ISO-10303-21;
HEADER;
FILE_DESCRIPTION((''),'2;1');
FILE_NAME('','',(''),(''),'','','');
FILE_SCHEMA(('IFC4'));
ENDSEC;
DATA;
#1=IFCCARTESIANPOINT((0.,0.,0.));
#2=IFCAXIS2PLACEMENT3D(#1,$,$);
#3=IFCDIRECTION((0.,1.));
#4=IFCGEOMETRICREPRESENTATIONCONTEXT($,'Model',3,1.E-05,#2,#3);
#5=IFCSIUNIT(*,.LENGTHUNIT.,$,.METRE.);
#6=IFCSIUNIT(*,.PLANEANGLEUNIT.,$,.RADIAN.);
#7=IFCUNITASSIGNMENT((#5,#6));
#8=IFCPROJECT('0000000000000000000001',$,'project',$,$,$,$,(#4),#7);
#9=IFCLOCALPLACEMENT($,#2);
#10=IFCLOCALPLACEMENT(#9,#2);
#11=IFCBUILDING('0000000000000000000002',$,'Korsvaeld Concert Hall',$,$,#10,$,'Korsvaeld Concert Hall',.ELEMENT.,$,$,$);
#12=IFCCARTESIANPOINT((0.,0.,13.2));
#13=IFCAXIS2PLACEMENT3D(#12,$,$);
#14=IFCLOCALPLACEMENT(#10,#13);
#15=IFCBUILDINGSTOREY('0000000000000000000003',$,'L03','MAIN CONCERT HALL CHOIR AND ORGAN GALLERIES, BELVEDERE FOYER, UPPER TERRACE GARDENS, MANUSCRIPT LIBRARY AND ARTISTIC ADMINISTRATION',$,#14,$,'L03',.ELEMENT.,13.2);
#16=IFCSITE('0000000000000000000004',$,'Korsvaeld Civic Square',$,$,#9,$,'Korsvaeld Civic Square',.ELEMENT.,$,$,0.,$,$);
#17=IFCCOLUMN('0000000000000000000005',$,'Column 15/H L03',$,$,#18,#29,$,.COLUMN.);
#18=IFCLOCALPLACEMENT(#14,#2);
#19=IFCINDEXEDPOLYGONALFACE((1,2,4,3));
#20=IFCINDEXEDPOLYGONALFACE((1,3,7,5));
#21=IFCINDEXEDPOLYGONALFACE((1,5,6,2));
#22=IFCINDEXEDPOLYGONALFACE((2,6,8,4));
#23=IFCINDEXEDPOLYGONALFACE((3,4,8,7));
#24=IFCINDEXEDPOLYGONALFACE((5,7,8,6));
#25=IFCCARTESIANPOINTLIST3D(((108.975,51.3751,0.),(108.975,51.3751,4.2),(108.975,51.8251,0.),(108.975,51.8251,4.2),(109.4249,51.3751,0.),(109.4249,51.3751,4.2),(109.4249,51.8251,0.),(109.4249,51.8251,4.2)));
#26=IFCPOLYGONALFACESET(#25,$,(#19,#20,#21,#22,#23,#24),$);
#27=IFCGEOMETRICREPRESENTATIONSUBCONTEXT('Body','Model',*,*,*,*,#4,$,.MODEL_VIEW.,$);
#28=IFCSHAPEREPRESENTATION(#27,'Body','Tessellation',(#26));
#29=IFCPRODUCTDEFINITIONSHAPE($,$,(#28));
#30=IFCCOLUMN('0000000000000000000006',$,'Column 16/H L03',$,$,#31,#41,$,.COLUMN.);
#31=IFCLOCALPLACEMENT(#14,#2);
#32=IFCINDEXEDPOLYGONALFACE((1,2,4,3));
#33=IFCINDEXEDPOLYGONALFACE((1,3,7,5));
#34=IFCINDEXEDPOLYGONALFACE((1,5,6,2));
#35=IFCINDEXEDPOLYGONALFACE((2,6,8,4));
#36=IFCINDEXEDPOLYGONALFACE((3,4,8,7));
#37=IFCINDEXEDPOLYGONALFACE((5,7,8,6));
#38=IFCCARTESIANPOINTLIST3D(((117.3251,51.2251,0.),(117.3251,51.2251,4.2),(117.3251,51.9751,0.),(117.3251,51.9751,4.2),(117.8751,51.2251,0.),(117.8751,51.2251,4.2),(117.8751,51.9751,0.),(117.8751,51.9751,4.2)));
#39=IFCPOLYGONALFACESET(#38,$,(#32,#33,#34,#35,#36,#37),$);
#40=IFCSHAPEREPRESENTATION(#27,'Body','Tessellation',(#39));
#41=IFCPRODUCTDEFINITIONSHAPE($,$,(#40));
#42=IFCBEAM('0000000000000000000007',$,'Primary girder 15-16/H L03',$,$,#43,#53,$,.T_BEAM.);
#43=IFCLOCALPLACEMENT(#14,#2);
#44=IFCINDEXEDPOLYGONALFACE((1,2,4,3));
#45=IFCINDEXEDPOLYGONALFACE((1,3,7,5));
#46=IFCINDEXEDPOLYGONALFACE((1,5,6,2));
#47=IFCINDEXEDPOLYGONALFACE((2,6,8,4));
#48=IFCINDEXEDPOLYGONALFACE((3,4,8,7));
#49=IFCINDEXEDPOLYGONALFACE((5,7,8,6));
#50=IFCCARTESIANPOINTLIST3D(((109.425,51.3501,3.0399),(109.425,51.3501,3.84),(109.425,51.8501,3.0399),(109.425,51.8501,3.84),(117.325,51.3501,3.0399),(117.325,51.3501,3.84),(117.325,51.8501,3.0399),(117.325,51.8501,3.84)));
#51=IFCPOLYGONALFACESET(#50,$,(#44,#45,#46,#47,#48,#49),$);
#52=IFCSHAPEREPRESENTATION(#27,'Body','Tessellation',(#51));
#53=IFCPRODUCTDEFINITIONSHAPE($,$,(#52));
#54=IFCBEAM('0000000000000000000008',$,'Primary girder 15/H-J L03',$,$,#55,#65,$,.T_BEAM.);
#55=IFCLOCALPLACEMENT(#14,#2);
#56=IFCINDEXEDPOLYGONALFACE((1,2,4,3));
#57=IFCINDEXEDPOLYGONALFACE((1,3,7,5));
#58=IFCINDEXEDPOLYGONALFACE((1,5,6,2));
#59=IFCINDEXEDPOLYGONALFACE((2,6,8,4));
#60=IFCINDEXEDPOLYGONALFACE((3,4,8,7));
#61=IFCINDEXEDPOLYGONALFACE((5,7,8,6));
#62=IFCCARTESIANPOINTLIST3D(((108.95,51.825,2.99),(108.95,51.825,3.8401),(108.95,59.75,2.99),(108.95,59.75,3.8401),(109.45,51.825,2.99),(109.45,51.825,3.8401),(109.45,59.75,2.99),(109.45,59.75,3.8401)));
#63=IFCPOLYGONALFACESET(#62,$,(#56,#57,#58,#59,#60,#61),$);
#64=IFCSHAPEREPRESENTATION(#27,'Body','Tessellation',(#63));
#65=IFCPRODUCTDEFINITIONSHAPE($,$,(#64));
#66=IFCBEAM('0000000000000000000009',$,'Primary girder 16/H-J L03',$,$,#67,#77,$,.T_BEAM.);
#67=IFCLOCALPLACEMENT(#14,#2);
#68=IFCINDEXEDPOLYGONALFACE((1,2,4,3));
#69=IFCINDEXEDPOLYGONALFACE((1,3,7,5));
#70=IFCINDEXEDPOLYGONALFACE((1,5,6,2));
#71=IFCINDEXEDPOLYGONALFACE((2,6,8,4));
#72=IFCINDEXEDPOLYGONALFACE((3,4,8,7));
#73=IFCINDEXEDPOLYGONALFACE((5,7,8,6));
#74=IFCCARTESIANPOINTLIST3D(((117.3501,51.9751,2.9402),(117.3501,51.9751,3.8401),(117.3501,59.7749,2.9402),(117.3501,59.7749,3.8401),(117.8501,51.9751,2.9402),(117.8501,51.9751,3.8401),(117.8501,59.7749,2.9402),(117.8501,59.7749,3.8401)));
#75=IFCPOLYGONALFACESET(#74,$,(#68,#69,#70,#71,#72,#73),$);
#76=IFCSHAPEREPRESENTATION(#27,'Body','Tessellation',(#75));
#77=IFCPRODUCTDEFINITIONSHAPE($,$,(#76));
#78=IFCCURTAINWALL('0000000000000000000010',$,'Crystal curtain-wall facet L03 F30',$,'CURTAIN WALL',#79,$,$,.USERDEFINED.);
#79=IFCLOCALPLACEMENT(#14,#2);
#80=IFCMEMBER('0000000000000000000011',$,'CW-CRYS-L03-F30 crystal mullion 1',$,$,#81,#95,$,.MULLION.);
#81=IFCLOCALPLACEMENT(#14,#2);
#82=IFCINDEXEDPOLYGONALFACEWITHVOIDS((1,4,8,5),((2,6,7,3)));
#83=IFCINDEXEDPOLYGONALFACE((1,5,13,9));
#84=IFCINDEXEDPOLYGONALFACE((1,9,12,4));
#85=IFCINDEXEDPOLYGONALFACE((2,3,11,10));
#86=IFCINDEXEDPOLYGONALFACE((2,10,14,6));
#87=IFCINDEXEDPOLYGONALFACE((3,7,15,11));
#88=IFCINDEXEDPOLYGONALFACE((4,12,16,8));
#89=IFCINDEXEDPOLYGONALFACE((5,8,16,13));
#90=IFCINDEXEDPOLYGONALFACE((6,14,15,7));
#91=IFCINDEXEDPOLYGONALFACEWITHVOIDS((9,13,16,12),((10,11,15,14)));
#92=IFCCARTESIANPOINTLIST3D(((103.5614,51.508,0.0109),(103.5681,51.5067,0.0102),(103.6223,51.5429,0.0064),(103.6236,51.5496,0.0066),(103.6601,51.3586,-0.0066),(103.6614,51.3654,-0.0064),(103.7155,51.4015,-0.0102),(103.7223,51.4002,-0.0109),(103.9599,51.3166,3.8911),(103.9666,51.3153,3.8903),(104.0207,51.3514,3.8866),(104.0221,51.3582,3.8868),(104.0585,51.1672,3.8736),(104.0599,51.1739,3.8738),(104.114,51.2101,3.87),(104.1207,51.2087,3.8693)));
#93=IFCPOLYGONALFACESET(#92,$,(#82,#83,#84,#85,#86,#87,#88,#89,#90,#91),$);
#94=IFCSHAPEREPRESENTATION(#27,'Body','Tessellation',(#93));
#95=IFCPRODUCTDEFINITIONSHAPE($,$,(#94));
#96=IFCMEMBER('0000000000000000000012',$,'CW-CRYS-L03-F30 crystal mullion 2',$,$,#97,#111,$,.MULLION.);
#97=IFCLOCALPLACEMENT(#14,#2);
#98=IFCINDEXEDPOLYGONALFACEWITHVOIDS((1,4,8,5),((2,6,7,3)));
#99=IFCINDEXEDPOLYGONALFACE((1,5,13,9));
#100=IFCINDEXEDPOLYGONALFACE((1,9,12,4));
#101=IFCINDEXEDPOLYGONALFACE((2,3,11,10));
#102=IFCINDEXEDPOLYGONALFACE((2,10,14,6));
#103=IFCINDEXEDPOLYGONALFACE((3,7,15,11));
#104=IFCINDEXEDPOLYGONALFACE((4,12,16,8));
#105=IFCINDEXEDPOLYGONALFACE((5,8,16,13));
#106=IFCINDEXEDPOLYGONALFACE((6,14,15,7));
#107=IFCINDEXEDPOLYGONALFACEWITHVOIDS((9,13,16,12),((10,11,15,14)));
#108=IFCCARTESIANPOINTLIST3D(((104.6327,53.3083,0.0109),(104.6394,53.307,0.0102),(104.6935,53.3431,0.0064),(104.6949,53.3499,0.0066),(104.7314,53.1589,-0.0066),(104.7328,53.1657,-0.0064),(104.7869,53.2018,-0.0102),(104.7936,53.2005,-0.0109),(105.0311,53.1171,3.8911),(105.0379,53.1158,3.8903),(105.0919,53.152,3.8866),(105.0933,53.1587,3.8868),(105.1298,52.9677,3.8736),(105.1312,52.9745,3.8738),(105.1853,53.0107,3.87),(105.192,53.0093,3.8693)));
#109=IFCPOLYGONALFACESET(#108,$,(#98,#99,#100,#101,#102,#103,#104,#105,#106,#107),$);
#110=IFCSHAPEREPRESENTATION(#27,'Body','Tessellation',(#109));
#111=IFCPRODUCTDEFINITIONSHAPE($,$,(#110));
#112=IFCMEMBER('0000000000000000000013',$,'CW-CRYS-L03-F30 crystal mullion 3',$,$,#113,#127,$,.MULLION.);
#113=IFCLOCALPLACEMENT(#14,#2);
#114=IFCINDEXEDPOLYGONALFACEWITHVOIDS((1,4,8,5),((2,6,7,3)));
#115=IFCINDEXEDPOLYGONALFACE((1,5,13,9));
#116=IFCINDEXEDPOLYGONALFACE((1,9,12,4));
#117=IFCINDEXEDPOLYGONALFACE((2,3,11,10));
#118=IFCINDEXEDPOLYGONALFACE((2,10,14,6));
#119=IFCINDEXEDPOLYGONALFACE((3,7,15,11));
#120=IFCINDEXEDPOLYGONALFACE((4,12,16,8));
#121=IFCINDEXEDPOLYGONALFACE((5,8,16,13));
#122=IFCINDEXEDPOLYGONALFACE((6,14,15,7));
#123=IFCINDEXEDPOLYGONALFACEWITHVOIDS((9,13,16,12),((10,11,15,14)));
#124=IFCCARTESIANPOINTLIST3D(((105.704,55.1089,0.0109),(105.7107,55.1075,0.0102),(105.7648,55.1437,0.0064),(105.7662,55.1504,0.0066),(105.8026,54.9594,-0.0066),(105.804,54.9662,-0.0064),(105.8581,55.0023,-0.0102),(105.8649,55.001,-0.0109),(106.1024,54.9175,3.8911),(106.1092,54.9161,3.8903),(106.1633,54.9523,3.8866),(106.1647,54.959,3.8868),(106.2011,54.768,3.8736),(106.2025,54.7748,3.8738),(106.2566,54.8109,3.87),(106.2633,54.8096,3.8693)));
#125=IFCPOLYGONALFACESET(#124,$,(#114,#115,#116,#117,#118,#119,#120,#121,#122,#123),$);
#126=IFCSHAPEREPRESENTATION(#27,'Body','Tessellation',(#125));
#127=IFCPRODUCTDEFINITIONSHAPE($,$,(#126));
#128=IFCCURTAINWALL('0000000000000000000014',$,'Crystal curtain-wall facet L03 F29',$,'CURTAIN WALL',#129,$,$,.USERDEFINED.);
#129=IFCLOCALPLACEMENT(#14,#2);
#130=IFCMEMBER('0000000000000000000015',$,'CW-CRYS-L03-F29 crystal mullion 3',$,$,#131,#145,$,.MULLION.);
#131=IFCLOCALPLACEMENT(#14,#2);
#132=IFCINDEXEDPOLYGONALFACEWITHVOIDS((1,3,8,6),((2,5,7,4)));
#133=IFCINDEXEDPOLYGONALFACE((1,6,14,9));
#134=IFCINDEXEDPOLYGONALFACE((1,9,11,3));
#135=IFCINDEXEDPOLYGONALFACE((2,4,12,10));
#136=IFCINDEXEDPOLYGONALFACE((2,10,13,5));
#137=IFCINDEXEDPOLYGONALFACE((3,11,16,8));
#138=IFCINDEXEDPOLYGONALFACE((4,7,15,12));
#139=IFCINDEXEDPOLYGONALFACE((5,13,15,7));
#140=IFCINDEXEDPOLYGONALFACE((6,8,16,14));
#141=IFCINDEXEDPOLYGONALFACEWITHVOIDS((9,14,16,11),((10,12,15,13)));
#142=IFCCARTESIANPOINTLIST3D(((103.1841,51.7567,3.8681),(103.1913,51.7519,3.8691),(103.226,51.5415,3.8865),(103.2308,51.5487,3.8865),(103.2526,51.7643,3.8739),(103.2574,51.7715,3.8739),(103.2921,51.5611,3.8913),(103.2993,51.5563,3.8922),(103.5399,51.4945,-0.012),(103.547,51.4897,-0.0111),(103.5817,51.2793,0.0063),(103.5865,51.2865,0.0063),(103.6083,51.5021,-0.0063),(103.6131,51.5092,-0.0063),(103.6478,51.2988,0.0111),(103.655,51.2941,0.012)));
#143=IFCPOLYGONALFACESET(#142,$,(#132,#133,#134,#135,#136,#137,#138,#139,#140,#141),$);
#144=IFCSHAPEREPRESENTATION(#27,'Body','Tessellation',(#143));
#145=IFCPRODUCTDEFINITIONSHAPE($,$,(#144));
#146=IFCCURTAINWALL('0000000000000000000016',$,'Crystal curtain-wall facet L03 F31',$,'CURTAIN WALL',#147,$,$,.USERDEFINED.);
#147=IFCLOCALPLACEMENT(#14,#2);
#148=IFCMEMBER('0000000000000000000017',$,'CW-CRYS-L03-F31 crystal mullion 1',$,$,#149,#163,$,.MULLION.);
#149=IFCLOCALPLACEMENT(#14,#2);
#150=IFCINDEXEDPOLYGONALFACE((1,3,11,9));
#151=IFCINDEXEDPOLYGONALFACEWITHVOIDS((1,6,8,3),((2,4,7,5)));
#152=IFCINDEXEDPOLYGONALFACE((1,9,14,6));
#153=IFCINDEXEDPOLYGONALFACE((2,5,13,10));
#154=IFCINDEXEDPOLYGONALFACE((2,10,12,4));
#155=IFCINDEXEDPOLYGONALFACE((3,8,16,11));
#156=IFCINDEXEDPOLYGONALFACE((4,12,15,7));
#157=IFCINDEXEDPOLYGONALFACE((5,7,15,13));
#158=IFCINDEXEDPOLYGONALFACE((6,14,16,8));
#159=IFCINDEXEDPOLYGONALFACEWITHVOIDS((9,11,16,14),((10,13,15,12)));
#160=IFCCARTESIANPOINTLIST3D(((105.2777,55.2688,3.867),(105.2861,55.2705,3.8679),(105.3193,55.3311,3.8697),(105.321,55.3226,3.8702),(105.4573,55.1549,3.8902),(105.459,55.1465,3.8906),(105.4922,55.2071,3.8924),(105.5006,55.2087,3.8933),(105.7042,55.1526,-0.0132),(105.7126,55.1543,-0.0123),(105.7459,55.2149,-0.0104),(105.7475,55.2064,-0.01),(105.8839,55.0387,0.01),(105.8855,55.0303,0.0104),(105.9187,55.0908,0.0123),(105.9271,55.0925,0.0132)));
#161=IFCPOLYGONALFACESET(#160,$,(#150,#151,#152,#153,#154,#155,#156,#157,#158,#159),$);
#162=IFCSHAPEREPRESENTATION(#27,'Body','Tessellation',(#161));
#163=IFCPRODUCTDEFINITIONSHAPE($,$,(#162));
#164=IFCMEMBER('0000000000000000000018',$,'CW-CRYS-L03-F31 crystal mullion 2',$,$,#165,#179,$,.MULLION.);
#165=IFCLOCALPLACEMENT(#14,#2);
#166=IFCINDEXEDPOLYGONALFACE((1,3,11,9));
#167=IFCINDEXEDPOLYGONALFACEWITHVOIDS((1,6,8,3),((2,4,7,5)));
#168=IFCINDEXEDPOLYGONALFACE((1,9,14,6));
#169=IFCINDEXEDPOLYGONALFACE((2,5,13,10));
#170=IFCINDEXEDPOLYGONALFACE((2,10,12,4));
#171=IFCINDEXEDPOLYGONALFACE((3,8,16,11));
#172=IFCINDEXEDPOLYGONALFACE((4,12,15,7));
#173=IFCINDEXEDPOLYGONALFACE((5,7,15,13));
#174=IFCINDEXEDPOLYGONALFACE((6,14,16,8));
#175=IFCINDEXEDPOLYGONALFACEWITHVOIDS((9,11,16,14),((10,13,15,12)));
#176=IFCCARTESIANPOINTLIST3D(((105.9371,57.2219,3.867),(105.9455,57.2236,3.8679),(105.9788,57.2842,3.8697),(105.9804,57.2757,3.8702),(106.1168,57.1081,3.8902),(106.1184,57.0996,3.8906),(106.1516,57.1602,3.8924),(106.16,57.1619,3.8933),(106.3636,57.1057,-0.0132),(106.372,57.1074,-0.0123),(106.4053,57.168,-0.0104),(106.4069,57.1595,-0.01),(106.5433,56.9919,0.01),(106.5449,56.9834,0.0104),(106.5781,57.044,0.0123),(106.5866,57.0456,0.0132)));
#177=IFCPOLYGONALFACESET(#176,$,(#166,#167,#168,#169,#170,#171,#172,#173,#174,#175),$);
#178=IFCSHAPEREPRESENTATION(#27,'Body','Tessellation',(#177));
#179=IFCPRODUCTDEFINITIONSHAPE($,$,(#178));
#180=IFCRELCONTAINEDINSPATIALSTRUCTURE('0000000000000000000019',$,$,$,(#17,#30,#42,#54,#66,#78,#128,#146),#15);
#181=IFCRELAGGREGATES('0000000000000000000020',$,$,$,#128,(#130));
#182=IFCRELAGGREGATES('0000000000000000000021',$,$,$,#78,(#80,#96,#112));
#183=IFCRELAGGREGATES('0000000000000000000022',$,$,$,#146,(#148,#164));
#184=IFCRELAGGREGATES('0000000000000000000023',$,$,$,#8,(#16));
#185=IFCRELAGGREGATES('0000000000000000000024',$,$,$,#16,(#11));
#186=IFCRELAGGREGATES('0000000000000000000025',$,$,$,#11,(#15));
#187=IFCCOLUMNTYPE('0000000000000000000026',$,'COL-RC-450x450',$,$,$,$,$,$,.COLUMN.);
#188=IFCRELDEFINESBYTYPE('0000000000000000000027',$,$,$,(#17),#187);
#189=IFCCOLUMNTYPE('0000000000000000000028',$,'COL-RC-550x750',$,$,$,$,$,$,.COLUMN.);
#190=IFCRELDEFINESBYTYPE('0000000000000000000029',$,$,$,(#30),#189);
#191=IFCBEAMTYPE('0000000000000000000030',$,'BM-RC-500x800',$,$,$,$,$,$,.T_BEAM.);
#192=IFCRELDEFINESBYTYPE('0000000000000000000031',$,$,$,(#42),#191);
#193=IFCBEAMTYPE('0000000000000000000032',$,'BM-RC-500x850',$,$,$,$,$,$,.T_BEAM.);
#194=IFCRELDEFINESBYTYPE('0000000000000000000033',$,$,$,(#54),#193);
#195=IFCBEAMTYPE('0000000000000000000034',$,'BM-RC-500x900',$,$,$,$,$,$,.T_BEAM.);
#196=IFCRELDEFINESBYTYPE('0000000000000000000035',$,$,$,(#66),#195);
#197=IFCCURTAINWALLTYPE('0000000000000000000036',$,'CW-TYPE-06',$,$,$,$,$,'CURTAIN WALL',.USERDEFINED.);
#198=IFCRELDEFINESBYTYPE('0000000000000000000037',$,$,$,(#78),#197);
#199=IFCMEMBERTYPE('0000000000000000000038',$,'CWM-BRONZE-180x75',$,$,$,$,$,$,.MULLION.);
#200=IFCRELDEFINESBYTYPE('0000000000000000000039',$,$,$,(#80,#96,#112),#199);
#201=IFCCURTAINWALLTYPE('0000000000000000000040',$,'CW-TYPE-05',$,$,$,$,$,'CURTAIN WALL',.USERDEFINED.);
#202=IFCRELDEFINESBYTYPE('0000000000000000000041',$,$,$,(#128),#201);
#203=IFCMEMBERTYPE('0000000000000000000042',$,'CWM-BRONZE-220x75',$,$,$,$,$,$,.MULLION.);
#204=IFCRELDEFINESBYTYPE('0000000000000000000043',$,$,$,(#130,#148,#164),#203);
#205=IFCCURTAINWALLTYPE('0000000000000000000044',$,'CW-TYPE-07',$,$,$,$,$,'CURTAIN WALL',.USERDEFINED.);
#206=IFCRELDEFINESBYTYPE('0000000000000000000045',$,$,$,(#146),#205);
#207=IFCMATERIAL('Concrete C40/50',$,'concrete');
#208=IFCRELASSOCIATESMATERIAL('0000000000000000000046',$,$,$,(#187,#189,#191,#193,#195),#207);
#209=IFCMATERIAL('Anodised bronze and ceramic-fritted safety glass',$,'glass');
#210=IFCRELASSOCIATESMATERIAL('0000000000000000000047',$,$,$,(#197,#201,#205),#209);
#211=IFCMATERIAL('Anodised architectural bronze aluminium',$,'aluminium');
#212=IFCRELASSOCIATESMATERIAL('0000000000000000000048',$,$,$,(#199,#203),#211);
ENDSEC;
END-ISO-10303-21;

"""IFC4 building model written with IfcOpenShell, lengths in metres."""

from ifc_helpers import new_model, si_unit, direction, frame, origin, origin_2d, place, context, subcontext, project, spatial, rectangle, hollow_rectangle, extrude, material, material_profile, profile_set, type_object, element, aggregate, save


model = new_model("IFC4")

# Units and contexts
model_context = context("Model", 3, precision=1e-05, world=origin(), true_north=direction((0.0, 1.0)))
body_context = subcontext(model_context, "Body", "Model", "MODEL_VIEW")
ifc_project = project(units=[si_unit("LENGTHUNIT", "METRE"), si_unit("PLANEANGLEUNIT", "RADIAN")], contexts=[model_context])

# Site, building, storey
site_placement = place(None, origin())
site = spatial("IfcSite", under=ifc_project, at=site_placement, Name="Korsvaeld Civic Square", LongName="Korsvaeld Civic Square", CompositionType="ELEMENT", RefElevation=0.0)
building_placement = place(site_placement, origin())
building = spatial("IfcBuilding", under=site, at=building_placement, Name="Korsvaeld Concert Hall", LongName="Korsvaeld Concert Hall", CompositionType="ELEMENT")
storey_placement = place(building_placement, frame((0.0, 0.0, 13.2)))
storey = spatial("IfcBuildingStorey", under=building, at=storey_placement, Name="L03", Description="MAIN CONCERT HALL CHOIR AND ORGAN GALLERIES, BELVEDERE FOYER, UPPER TERRACE GARDENS, MANUSCRIPT LIBRARY AND ARTISTIC ADMINISTRATION", LongName="L03", CompositionType="ELEMENT", Elevation=13.2)

# Columns
ifc_material_1 = material(Name="Concrete C40/50", Category="concrete")
ifc_material_profile_1 = material_profile(ifc_material_1, rectangle(XDim=0.45, YDim=0.45, at=origin_2d()), Name="RC 450x450")
ifc_profile_set_1 = profile_set([ifc_material_profile_1], Name="Concrete C40/50")
column_type_1 = type_object("IfcColumnType", Name="COL-RC-450x450", PredefinedType="COLUMN", material=ifc_profile_set_1)
column_1_placement = place(storey_placement, frame((109.2, 51.6001, 0.0), z_axis=(0.0, 0.0, 1.0), x_axis=(1.0, 0.0, 0.0)))
element("IfcColumn", 1, at=column_1_placement, inside=storey, type_object=column_type_1, Name="Column 15/H L03", PredefinedType="COLUMN", context=body_context, shape_type="SweptSolid", body=[
    extrude(rectangle(XDim=0.45, YDim=0.45, at=origin_2d()), origin(), (0.0, 0.0, 1.0), 4.2),
])
ifc_material_profile_2 = material_profile(ifc_material_1, rectangle(XDim=0.55, YDim=0.75, at=origin_2d()), Name="RC 550x750")
ifc_profile_set_2 = profile_set([ifc_material_profile_2], Name="Concrete C40/50")
column_type_2 = type_object("IfcColumnType", Name="COL-RC-550x750", PredefinedType="COLUMN", material=ifc_profile_set_2)
column_2_placement = place(storey_placement, frame((117.6001, 51.6001, 0.0), z_axis=(0.0, 0.0, 1.0), x_axis=(1.0, 0.0, 0.0)))
element("IfcColumn", 2, at=column_2_placement, inside=storey, type_object=column_type_2, Name="Column 16/H L03", PredefinedType="COLUMN", context=body_context, shape_type="SweptSolid", body=[
    extrude(rectangle(XDim=0.55, YDim=0.75, at=origin_2d()), origin(), (0.0, 0.0, 1.0), 4.2),
])

# Beams
ifc_material_profile_3 = material_profile(ifc_material_1, rectangle(XDim=0.5, YDim=0.8, at=origin_2d()), Name="RC 500x800")
ifc_profile_set_3 = profile_set([ifc_material_profile_3], Name="Concrete C40/50")
beam_type_1 = type_object("IfcBeamType", Name="BM-RC-500x800", PredefinedType="T_BEAM", material=ifc_profile_set_3)
beam_1_placement = place(storey_placement, frame((109.425, 51.6001, 3.4399), z_axis=(1.0, 0.0, 0.0), x_axis=(0.0, 1.0, 0.0)))
element("IfcBeam", 3, at=beam_1_placement, inside=storey, type_object=beam_type_1, Name="Primary girder 15-16/H L03", PredefinedType="T_BEAM", context=body_context, shape_type="SweptSolid", body=[
    extrude(rectangle(XDim=0.5, YDim=0.8, at=origin_2d()), origin(), (0.0, 0.0, 1.0), 7.8999),
])
ifc_material_profile_4 = material_profile(ifc_material_1, rectangle(XDim=0.5, YDim=0.8501, at=origin_2d()), Name="RC 500x850")
ifc_profile_set_4 = profile_set([ifc_material_profile_4], Name="Concrete C40/50")
beam_type_2 = type_object("IfcBeamType", Name="BM-RC-500x850", PredefinedType="T_BEAM", material=ifc_profile_set_4)
beam_2_placement = place(storey_placement, frame((109.2, 51.825, 3.415), z_axis=(0.0, 1.0, 0.0), x_axis=(-1.0, 0.0, 0.0)))
element("IfcBeam", 4, at=beam_2_placement, inside=storey, type_object=beam_type_2, Name="Primary girder 15/H-J L03", PredefinedType="T_BEAM", context=body_context, shape_type="SweptSolid", body=[
    extrude(rectangle(XDim=0.5, YDim=0.8501, at=origin_2d()), origin(), (0.0, 0.0, 1.0), 7.925),
])
ifc_material_profile_5 = material_profile(ifc_material_1, rectangle(XDim=0.5, YDim=0.8999, at=origin_2d()), Name="RC 500x900")
ifc_profile_set_5 = profile_set([ifc_material_profile_5], Name="Concrete C40/50")
beam_type_3 = type_object("IfcBeamType", Name="BM-RC-500x900", PredefinedType="T_BEAM", material=ifc_profile_set_5)
beam_3_placement = place(storey_placement, frame((117.6001, 51.9751, 3.3901), z_axis=(0.0, 1.0, 0.0), x_axis=(-1.0, 0.0, 0.0)))
element("IfcBeam", 5, at=beam_3_placement, inside=storey, type_object=beam_type_3, Name="Primary girder 16/H-J L03", PredefinedType="T_BEAM", context=body_context, shape_type="SweptSolid", body=[
    extrude(rectangle(XDim=0.5, YDim=0.8999, at=origin_2d()), origin(), (0.0, 0.0, 1.0), 7.7998),
])

# Curtain wall, members
ifc_material_2 = material(Name="Anodised bronze and ceramic-fritted safety glass", Category="glass")
curtain_wall_type_1 = type_object("IfcCurtainWallType", Name="CW-TYPE-06", ElementType="CURTAIN WALL", PredefinedType="USERDEFINED", material=ifc_material_2)
curtain_wall_1_placement = place(storey_placement, origin())
curtain_wall_1 = element("IfcCurtainWall", 6, at=curtain_wall_1_placement, inside=storey, type_object=curtain_wall_type_1, Name="Crystal curtain-wall facet L03 F30", ObjectType="CURTAIN WALL", PredefinedType="USERDEFINED")
ifc_material_3 = material(Name="Anodised architectural bronze aluminium", Category="aluminium")
ifc_material_profile_6 = material_profile(ifc_material_3, hollow_rectangle(XDim=0.075, YDim=0.1799, WallThickness=0.0049, at=origin_2d()), Name="CWM 180x75x5")
ifc_profile_set_6 = profile_set([ifc_material_profile_6], Name="Anodised architectural bronze aluminium")
member_type_1 = type_object("IfcMemberType", Name="CWM-BRONZE-180x75", PredefinedType="MULLION", material=ifc_profile_set_6)
member_1_placement = place(storey_placement, frame((103.6418, 51.4541, 0.0), z_axis=(0.102027, -0.049013, 0.993573), x_axis=(-0.830086, -0.554624, 0.057879)))
member_1 = element("IfcMember", 7, at=member_1_placement, type_object=member_type_1, Name="CW-CRYS-L03-F30 crystal mullion 1", PredefinedType="MULLION", context=body_context, shape_type="SweptSolid", body=[
    extrude(hollow_rectangle(XDim=0.075, YDim=0.1799, WallThickness=0.0049, at=origin_2d()), origin(), (0.0, 0.0, 1.0), 3.9053),
])
member_2_placement = place(storey_placement, frame((104.7131, 53.2544, 0.0), z_axis=(0.102027, -0.048951, 0.993577), x_axis=(-0.829811, -0.555036, 0.057866)))
member_2 = element("IfcMember", 8, at=member_2_placement, type_object=member_type_1, Name="CW-CRYS-L03-F30 crystal mullion 2", PredefinedType="MULLION", context=body_context, shape_type="SweptSolid", body=[
    extrude(hollow_rectangle(XDim=0.075, YDim=0.1799, WallThickness=0.0049, at=origin_2d()), origin(), (0.0, 0.0, 1.0), 3.9053),
])
member_3_placement = place(storey_placement, frame((105.7844, 55.0549, 0.0), z_axis=(0.102027, -0.049013, 0.993573), x_axis=(-0.830086, -0.554624, 0.057879)))
member_3 = element("IfcMember", 9, at=member_3_placement, type_object=member_type_1, Name="CW-CRYS-L03-F30 crystal mullion 3", PredefinedType="MULLION", context=body_context, shape_type="SweptSolid", body=[
    extrude(hollow_rectangle(XDim=0.075, YDim=0.1799, WallThickness=0.0049, at=origin_2d()), origin(), (0.0, 0.0, 1.0), 3.9053),
])

# Curtain wall, member
curtain_wall_type_2 = type_object("IfcCurtainWallType", Name="CW-TYPE-05", ElementType="CURTAIN WALL", PredefinedType="USERDEFINED", material=ifc_material_2)
curtain_wall_2_placement = place(storey_placement, origin())
curtain_wall_2 = element("IfcCurtainWall", 10, at=curtain_wall_2_placement, inside=storey, type_object=curtain_wall_type_2, Name="Crystal curtain-wall facet L03 F29", ObjectType="CURTAIN WALL", PredefinedType="USERDEFINED")
ifc_material_profile_7 = material_profile(ifc_material_3, hollow_rectangle(XDim=0.075, YDim=0.22, WallThickness=0.0061, at=origin_2d()), Name="CWM 220x75x6")
ifc_profile_set_7 = profile_set([ifc_material_profile_7], Name="Anodised architectural bronze aluminium")
member_type_2 = type_object("IfcMemberType", Name="CWM-BRONZE-220x75", PredefinedType="MULLION", material=ifc_profile_set_7)
member_4_placement = place(storey_placement, frame((103.5974, 51.3943, 0.0), z_axis=(-0.091087, 0.067143, 0.993577), x_axis=(0.9775, 0.196641, 0.076325)))
member_4 = element("IfcMember", 11, at=member_4_placement, type_object=member_type_2, Name="CW-CRYS-L03-F29 crystal mullion 3", PredefinedType="MULLION", context=body_context, shape_type="SweptSolid", body=[
    extrude(hollow_rectangle(XDim=0.075, YDim=0.22, WallThickness=0.0061, at=origin_2d()), origin(), (0.0, 0.0, 1.0), 3.9053),
])

# Curtain wall, members
curtain_wall_type_3 = type_object("IfcCurtainWallType", Name="CW-TYPE-07", ElementType="CURTAIN WALL", PredefinedType="USERDEFINED", material=ifc_material_2)
curtain_wall_3_placement = place(storey_placement, origin())
curtain_wall_3 = element("IfcCurtainWall", 12, at=curtain_wall_3_placement, inside=storey, type_object=curtain_wall_type_3, Name="Crystal curtain-wall facet L03 F31", ObjectType="CURTAIN WALL", PredefinedType="USERDEFINED")
member_5_placement = place(storey_placement, frame((105.8157, 55.1226, 0.0), z_axis=(-0.109216, 0.029758, 0.993573), x_axis=(0.555752, 0.830559, 0.036214)))
member_5 = element("IfcMember", 13, at=member_5_placement, type_object=member_type_2, Name="CW-CRYS-L03-F31 crystal mullion 1", PredefinedType="MULLION", context=body_context, shape_type="SweptSolid", body=[
    extrude(hollow_rectangle(XDim=0.075, YDim=0.22, WallThickness=0.0061, at=origin_2d()), origin(), (0.0, 0.0, 1.0), 3.9053),
])
member_6_placement = place(storey_placement, frame((106.4751, 57.0757, 0.0), z_axis=(-0.109216, 0.029758, 0.993573), x_axis=(0.555752, 0.830559, 0.036214)))
member_6 = element("IfcMember", 14, at=member_6_placement, type_object=member_type_2, Name="CW-CRYS-L03-F31 crystal mullion 2", PredefinedType="MULLION", context=body_context, shape_type="SweptSolid", body=[
    extrude(hollow_rectangle(XDim=0.075, YDim=0.22, WallThickness=0.0061, at=origin_2d()), origin(), (0.0, 0.0, 1.0), 3.9053),
])

aggregate(curtain_wall_2, [member_4])
aggregate(curtain_wall_1, [member_1, member_2, member_3])
aggregate(curtain_wall_3, [member_5, member_6])

save(model, "model.ifc")
